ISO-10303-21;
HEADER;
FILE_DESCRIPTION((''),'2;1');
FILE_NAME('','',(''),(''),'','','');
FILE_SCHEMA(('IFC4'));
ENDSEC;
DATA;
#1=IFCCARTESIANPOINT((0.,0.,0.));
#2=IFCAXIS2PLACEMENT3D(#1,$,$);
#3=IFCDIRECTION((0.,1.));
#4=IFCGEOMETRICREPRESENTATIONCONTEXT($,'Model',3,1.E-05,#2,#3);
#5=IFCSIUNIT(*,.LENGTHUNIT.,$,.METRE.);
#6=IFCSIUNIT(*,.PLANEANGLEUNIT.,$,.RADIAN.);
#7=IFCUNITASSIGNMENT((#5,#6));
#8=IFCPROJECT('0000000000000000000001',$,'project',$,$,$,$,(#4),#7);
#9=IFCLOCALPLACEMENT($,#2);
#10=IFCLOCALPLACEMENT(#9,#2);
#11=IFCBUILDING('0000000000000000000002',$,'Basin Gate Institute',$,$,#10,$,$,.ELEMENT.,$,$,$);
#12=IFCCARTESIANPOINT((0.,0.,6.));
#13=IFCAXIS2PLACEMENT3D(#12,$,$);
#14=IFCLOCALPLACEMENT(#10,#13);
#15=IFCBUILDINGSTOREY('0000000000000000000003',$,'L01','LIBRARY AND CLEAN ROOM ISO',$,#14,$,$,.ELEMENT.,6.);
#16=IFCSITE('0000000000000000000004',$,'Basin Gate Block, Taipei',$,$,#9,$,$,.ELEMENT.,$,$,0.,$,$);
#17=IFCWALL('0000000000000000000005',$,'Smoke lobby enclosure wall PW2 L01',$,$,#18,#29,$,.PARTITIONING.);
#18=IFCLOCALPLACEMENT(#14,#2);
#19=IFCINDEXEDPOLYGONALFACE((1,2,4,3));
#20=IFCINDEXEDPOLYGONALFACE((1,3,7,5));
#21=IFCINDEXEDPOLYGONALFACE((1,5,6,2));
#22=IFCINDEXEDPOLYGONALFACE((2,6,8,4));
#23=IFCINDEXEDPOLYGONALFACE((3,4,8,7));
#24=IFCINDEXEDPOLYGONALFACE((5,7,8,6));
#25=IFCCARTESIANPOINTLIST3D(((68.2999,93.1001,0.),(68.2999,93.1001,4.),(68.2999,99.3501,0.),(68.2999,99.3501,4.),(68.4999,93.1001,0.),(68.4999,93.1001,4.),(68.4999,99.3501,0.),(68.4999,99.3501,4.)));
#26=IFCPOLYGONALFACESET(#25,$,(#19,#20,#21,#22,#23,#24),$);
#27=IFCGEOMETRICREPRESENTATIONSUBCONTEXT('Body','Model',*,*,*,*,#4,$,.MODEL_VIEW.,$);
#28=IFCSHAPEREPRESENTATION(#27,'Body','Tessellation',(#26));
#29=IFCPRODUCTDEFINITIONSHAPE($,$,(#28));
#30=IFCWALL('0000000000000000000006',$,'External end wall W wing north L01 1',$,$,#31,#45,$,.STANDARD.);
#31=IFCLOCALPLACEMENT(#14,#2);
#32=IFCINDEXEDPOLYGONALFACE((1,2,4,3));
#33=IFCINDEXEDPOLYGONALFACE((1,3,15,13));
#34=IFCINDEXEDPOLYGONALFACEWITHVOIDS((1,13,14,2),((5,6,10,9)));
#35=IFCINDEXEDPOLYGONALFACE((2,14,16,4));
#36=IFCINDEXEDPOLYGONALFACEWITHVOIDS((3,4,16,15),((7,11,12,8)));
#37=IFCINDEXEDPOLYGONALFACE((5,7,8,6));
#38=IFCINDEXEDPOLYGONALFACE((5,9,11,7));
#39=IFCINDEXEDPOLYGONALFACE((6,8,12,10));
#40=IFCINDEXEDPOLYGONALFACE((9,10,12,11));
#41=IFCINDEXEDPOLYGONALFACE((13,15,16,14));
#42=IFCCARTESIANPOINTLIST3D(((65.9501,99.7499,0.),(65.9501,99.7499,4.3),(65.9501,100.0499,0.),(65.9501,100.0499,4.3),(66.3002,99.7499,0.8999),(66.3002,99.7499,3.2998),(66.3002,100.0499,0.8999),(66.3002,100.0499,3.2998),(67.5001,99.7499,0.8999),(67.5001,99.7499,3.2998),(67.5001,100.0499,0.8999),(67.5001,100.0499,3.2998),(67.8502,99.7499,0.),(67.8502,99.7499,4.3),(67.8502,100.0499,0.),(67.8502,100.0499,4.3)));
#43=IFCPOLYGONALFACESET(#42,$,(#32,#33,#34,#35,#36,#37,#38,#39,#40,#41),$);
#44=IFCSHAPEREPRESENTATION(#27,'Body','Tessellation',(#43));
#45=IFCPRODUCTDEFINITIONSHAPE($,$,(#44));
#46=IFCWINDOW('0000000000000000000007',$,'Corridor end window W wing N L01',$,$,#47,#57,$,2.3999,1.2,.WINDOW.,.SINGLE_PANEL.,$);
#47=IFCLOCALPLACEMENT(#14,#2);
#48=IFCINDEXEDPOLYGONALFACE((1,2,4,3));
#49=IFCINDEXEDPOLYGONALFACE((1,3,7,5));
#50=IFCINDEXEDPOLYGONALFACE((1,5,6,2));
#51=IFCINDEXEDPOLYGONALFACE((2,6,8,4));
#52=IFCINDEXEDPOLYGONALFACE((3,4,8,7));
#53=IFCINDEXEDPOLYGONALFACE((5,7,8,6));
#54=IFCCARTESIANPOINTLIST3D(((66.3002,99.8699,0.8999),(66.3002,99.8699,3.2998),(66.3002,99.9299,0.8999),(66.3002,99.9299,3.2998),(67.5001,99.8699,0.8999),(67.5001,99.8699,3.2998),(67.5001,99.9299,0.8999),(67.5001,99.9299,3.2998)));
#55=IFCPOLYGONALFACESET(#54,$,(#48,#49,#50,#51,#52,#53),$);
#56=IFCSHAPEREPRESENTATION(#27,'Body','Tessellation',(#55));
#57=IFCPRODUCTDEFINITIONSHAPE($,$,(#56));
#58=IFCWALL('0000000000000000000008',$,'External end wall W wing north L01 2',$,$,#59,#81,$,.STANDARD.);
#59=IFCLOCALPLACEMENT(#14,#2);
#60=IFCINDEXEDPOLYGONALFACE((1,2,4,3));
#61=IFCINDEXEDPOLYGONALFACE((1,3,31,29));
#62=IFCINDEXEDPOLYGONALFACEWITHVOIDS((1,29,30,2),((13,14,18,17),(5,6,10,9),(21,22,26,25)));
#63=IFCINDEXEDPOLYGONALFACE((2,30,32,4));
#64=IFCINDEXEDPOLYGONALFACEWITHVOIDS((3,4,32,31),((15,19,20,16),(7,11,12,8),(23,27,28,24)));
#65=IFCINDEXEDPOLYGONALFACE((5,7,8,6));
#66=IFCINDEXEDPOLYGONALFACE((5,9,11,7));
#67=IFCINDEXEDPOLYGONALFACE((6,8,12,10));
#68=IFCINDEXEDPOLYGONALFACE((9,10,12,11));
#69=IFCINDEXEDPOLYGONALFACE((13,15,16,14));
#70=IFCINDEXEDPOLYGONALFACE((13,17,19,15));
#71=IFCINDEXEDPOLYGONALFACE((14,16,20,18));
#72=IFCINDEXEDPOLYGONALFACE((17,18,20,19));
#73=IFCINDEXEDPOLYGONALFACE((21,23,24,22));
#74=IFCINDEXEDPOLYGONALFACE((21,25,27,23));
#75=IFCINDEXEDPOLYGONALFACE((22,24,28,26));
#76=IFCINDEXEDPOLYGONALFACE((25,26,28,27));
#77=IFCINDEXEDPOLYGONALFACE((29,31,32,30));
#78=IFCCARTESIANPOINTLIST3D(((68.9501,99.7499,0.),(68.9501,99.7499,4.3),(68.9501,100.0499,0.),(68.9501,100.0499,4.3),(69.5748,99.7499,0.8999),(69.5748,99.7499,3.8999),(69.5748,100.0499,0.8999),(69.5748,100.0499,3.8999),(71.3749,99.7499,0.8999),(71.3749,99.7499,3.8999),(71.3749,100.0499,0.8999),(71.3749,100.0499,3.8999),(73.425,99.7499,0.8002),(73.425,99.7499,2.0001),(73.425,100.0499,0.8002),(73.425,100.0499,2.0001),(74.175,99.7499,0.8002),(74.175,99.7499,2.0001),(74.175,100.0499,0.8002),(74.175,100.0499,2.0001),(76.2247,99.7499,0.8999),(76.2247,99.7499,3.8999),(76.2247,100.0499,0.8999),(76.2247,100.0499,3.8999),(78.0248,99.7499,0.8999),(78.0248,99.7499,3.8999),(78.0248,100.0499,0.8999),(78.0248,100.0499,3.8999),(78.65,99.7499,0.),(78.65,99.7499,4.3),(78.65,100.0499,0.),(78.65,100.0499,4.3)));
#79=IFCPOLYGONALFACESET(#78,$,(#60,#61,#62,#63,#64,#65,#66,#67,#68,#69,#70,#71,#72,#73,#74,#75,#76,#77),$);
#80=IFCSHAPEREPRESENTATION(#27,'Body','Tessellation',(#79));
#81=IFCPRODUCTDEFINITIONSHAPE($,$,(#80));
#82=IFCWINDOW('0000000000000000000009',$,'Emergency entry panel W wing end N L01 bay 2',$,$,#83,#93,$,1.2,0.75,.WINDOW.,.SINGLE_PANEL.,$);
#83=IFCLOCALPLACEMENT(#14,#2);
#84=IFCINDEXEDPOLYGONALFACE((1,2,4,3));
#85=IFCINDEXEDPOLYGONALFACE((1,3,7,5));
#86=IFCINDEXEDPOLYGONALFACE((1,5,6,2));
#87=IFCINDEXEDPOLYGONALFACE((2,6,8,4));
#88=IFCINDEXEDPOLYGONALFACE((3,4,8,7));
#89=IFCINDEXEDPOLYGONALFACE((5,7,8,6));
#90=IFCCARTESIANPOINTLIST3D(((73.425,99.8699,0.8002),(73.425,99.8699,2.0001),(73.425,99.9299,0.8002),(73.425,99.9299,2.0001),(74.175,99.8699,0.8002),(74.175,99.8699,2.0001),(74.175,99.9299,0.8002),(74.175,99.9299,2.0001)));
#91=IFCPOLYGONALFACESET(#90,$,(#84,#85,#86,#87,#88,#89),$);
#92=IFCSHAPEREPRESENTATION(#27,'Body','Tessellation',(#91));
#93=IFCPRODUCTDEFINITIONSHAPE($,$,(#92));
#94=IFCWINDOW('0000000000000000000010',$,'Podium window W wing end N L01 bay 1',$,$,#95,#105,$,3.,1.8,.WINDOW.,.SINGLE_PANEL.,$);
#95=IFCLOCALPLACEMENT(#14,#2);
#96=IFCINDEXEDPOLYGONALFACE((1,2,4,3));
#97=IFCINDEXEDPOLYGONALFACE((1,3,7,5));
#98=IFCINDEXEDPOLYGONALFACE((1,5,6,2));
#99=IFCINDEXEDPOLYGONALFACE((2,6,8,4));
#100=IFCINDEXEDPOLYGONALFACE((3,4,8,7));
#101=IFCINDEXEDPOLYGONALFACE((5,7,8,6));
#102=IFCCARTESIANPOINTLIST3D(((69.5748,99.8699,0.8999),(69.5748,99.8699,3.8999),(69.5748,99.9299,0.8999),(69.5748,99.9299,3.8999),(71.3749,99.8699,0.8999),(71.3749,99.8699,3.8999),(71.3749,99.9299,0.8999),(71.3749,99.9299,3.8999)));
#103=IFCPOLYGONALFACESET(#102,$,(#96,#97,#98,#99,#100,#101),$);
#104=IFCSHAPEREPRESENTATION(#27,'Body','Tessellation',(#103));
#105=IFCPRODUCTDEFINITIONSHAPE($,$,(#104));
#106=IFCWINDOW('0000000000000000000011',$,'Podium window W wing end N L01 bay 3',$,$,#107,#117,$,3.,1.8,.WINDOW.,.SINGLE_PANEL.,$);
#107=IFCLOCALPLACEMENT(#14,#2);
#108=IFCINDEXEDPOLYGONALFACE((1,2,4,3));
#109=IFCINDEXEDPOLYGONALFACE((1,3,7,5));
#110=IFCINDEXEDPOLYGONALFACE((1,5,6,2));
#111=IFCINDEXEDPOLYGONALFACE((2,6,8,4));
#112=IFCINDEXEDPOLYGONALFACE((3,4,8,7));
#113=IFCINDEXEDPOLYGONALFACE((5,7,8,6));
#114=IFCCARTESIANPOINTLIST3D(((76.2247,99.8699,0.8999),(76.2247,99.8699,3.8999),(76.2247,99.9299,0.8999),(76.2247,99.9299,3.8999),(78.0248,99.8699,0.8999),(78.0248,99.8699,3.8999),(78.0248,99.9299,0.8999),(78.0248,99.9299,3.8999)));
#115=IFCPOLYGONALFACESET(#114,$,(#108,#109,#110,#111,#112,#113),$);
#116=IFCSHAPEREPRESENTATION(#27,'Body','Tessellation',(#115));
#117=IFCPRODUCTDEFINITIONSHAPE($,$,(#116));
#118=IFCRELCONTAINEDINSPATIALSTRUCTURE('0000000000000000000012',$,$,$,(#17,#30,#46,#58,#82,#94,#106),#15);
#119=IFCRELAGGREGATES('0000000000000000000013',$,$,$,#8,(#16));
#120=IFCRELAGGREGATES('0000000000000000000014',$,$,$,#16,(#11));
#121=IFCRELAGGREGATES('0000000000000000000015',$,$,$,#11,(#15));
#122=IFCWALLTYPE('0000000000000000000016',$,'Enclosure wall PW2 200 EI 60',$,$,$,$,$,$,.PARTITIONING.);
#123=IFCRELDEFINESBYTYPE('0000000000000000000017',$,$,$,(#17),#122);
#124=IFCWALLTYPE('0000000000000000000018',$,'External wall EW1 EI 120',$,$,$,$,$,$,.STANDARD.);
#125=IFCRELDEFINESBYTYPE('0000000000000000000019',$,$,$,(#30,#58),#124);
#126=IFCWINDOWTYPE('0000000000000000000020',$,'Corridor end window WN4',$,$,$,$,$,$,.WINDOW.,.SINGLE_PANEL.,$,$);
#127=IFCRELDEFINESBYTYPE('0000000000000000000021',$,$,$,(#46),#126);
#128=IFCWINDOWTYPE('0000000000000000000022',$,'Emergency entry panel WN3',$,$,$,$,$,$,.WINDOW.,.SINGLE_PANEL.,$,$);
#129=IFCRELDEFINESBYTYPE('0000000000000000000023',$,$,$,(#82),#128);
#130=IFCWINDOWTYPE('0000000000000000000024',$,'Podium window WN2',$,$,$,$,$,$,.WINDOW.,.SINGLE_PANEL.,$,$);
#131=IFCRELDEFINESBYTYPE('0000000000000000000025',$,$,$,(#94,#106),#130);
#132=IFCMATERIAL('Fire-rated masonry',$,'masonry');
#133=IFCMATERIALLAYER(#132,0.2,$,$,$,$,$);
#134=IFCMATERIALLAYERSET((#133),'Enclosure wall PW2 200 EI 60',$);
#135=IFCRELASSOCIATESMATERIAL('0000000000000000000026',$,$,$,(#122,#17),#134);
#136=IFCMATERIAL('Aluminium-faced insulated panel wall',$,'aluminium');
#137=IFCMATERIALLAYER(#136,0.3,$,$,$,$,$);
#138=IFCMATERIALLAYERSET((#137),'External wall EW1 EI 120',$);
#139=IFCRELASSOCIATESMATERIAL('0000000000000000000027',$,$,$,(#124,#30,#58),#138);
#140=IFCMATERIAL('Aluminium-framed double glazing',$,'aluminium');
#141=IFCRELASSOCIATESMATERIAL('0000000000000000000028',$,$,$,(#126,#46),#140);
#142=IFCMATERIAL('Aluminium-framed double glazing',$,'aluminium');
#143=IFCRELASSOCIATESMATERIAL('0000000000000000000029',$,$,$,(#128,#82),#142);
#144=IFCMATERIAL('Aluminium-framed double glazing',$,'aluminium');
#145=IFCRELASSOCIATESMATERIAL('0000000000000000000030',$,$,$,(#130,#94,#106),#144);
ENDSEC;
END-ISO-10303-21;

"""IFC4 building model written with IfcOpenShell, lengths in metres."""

from ifc_helpers import new_model, si_unit, direction, frame, frame_2d, origin, place, context, subcontext, project, spatial, rectangle, extrude, material, layer, layer_set, type_object, element, fill, save


model = new_model("IFC4")

# Units and contexts
model_context = context("Model", 3, precision=1e-05, world=origin(), true_north=direction((0.0, 1.0)))
body_context = subcontext(model_context, "Body", "Model", "MODEL_VIEW")
ifc_project = project(units=[si_unit("LENGTHUNIT", "METRE"), si_unit("PLANEANGLEUNIT", "RADIAN")], contexts=[model_context])

# Site, building, storey
site_placement = place(None, origin())
site = spatial("IfcSite", under=ifc_project, at=site_placement, Name="Basin Gate Block, Taipei", CompositionType="ELEMENT", RefElevation=0.0)
building_placement = place(site_placement, origin())
building = spatial("IfcBuilding", under=site, at=building_placement, Name="Basin Gate Institute", CompositionType="ELEMENT")
storey_placement = place(building_placement, frame((0.0, 0.0, 6.0)))
storey = spatial("IfcBuildingStorey", under=building, at=storey_placement, Name="L01", Description="LIBRARY AND CLEAN ROOM ISO", CompositionType="ELEMENT", Elevation=6.0)

# Wall
ifc_material_1 = material(Name="Fire-rated masonry", Category="masonry")
ifc_layer_1 = layer(ifc_material_1, 0.2)
ifc_layer_set_1 = layer_set([ifc_layer_1], Name="Enclosure wall PW2 200 EI 60")
wall_type_1 = type_object("IfcWallType", Name="Enclosure wall PW2 200 EI 60", PredefinedType="PARTITIONING", material=ifc_layer_set_1)
wall_1_placement = place(storey_placement, frame((68.3999, 93.1001, 0.0), z_axis=(0.0, 0.0, 1.0), x_axis=(0.0, 1.0, 0.0)))
element("IfcWall", 1, at=wall_1_placement, inside=storey, type_object=wall_type_1, material=ifc_layer_set_1, Name="Smoke lobby enclosure wall PW2 L01", PredefinedType="PARTITIONING", context=body_context, shape_type="SweptSolid", body=[
    extrude(rectangle(XDim=6.25, YDim=0.2, at=frame_2d((3.125, 0.0))), origin(), (0.0, 0.0, 1.0), 4.0),
])

# Wall, opening, window
ifc_material_2 = material(Name="Aluminium-faced insulated panel wall", Category="aluminium")
ifc_layer_2 = layer(ifc_material_2, 0.3)
ifc_layer_set_2 = layer_set([ifc_layer_2], Name="External wall EW1 EI 120")
wall_type_2 = type_object("IfcWallType", Name="External wall EW1 EI 120", PredefinedType="STANDARD", material=ifc_layer_set_2)
wall_2_placement = place(storey_placement, frame((65.95, 99.8999, 0.0), z_axis=(0.0, 0.0, 1.0), x_axis=(1.0, 0.0, 0.0)))
wall_2 = element("IfcWall", 2, at=wall_2_placement, inside=storey, type_object=wall_type_2, material=ifc_layer_set_2, Name="External end wall W wing north L01 1", PredefinedType="STANDARD", context=body_context, shape_type="SweptSolid", body=[
    extrude(rectangle(XDim=1.9001, YDim=0.3, at=frame_2d((0.9502, 0.0))), origin(), (0.0, 0.0, 1.0), 4.3),
])
opening_1_placement = place(wall_2_placement, frame((0.3501, 0.0, 0.8999)))
opening_1 = element("IfcOpeningElement", 3, at=opening_1_placement, cuts=wall_2, PredefinedType="OPENING", context=body_context, shape_type="SweptSolid", body=[
    extrude(rectangle(XDim=1.2, YDim=2.3999, at=frame_2d((0.6001, 1.2))), frame((0.0, 0.1602, 0.0), z_axis=(0.0, -1.0, 0.0), x_axis=(1.0, 0.0, 0.0)), (0.0, 0.0, 1.0), 0.3201),
])
ifc_material_3 = material(Name="Aluminium-framed double glazing", Category="aluminium")
window_type_1 = type_object("IfcWindowType", Name="Corridor end window WN4", PartitioningType="SINGLE_PANEL", PredefinedType="WINDOW", material=ifc_material_3)
window_1_placement = place(opening_1_placement, origin())
window_1 = element("IfcWindow", 4, at=window_1_placement, inside=storey, type_object=window_type_1, material=ifc_material_3, Name="Corridor end window W wing N L01", OverallHeight=2.3999, OverallWidth=1.2, PartitioningType="SINGLE_PANEL", PredefinedType="WINDOW", context=body_context, shape_type="SweptSolid", body=[
    extrude(rectangle(XDim=1.2, YDim=2.3999, at=frame_2d((0.6001, 1.2))), frame((0.0, 0.03, 0.0), z_axis=(0.0, -1.0, 0.0), x_axis=(1.0, 0.0, 0.0)), (0.0, 0.0, 1.0), 0.0601),
])
fill(opening_1, window_1)

# Wall, openings, windows
wall_3_placement = place(storey_placement, frame((68.95, 99.8999, 0.0), z_axis=(0.0, 0.0, 1.0), x_axis=(1.0, 0.0, 0.0)))
wall_3 = element("IfcWall", 5, at=wall_3_placement, inside=storey, type_object=wall_type_2, material=ifc_layer_set_2, Name="External end wall W wing north L01 2", PredefinedType="STANDARD", context=body_context, shape_type="SweptSolid", body=[
    extrude(rectangle(XDim=9.7, YDim=0.3, at=frame_2d((4.8501, 0.0))), origin(), (0.0, 0.0, 1.0), 4.3),
])
opening_2_placement = place(wall_3_placement, frame((0.625, 0.0, 0.8999)))
opening_2 = element("IfcOpeningElement", 6, at=opening_2_placement, cuts=wall_3, PredefinedType="OPENING", context=body_context, shape_type="SweptSolid", body=[
    extrude(rectangle(XDim=1.8, YDim=3.0, at=frame_2d((0.8999, 1.5))), frame((0.0, 0.1602, 0.0), z_axis=(0.0, -1.0, 0.0), x_axis=(1.0, 0.0, 0.0)), (0.0, 0.0, 1.0), 0.3201),
])
opening_3_placement = place(wall_3_placement, frame((4.4751, 0.0, 0.8)))
opening_3 = element("IfcOpeningElement", 7, at=opening_3_placement, cuts=wall_3, PredefinedType="OPENING", context=body_context, shape_type="SweptSolid", body=[
    extrude(rectangle(XDim=0.75, YDim=1.2, at=frame_2d((0.375, 0.6001))), frame((0.0, 0.1602, 0.0), z_axis=(0.0, -1.0, 0.0), x_axis=(1.0, 0.0, 0.0)), (0.0, 0.0, 1.0), 0.3201),
])
opening_4_placement = place(wall_3_placement, frame((7.2749, 0.0, 0.8999)))
opening_4 = element("IfcOpeningElement", 8, at=opening_4_placement, cuts=wall_3, PredefinedType="OPENING", context=body_context, shape_type="SweptSolid", body=[
    extrude(rectangle(XDim=1.8, YDim=3.0, at=frame_2d((0.8999, 1.5))), frame((0.0, 0.1602, 0.0), z_axis=(0.0, -1.0, 0.0), x_axis=(1.0, 0.0, 0.0)), (0.0, 0.0, 1.0), 0.3201),
])
ifc_material_4 = material(Name="Aluminium-framed double glazing", Category="aluminium")
window_type_2 = type_object("IfcWindowType", Name="Emergency entry panel WN3", PartitioningType="SINGLE_PANEL", PredefinedType="WINDOW", material=ifc_material_4)
window_2_placement = place(opening_3_placement, origin())
window_2 = element("IfcWindow", 9, at=window_2_placement, inside=storey, type_object=window_type_2, material=ifc_material_4, Name="Emergency entry panel W wing end N L01 bay 2", OverallHeight=1.2, OverallWidth=0.75, PartitioningType="SINGLE_PANEL", PredefinedType="WINDOW", context=body_context, shape_type="SweptSolid", body=[
    extrude(rectangle(XDim=0.75, YDim=1.2, at=frame_2d((0.375, 0.6001))), frame((0.0, 0.03, 0.0), z_axis=(0.0, -1.0, 0.0), x_axis=(1.0, 0.0, 0.0)), (0.0, 0.0, 1.0), 0.0601),
])
fill(opening_3, window_2)
ifc_material_5 = material(Name="Aluminium-framed double glazing", Category="aluminium")
window_type_3 = type_object("IfcWindowType", Name="Podium window WN2", PartitioningType="SINGLE_PANEL", PredefinedType="WINDOW", material=ifc_material_5)
window_3_placement = place(opening_2_placement, origin())
window_3 = element("IfcWindow", 10, at=window_3_placement, inside=storey, type_object=window_type_3, material=ifc_material_5, Name="Podium window W wing end N L01 bay 1", OverallHeight=3.0, OverallWidth=1.8, PartitioningType="SINGLE_PANEL", PredefinedType="WINDOW", context=body_context, shape_type="SweptSolid", body=[
    extrude(rectangle(XDim=1.8, YDim=3.0, at=frame_2d((0.8999, 1.5))), frame((0.0, 0.03, 0.0), z_axis=(0.0, -1.0, 0.0), x_axis=(1.0, 0.0, 0.0)), (0.0, 0.0, 1.0), 0.0601),
])
fill(opening_2, window_3)
window_4_placement = place(opening_4_placement, origin())
window_4 = element("IfcWindow", 11, at=window_4_placement, inside=storey, type_object=window_type_3, material=ifc_material_5, Name="Podium window W wing end N L01 bay 3", OverallHeight=3.0, OverallWidth=1.8, PartitioningType="SINGLE_PANEL", PredefinedType="WINDOW", context=body_context, shape_type="SweptSolid", body=[
    extrude(rectangle(XDim=1.8, YDim=3.0, at=frame_2d((0.8999, 1.5))), frame((0.0, 0.03, 0.0), z_axis=(0.0, -1.0, 0.0), x_axis=(1.0, 0.0, 0.0)), (0.0, 0.0, 1.0), 0.0601),
])
fill(opening_4, window_4)

save(model, "model.ifc")
